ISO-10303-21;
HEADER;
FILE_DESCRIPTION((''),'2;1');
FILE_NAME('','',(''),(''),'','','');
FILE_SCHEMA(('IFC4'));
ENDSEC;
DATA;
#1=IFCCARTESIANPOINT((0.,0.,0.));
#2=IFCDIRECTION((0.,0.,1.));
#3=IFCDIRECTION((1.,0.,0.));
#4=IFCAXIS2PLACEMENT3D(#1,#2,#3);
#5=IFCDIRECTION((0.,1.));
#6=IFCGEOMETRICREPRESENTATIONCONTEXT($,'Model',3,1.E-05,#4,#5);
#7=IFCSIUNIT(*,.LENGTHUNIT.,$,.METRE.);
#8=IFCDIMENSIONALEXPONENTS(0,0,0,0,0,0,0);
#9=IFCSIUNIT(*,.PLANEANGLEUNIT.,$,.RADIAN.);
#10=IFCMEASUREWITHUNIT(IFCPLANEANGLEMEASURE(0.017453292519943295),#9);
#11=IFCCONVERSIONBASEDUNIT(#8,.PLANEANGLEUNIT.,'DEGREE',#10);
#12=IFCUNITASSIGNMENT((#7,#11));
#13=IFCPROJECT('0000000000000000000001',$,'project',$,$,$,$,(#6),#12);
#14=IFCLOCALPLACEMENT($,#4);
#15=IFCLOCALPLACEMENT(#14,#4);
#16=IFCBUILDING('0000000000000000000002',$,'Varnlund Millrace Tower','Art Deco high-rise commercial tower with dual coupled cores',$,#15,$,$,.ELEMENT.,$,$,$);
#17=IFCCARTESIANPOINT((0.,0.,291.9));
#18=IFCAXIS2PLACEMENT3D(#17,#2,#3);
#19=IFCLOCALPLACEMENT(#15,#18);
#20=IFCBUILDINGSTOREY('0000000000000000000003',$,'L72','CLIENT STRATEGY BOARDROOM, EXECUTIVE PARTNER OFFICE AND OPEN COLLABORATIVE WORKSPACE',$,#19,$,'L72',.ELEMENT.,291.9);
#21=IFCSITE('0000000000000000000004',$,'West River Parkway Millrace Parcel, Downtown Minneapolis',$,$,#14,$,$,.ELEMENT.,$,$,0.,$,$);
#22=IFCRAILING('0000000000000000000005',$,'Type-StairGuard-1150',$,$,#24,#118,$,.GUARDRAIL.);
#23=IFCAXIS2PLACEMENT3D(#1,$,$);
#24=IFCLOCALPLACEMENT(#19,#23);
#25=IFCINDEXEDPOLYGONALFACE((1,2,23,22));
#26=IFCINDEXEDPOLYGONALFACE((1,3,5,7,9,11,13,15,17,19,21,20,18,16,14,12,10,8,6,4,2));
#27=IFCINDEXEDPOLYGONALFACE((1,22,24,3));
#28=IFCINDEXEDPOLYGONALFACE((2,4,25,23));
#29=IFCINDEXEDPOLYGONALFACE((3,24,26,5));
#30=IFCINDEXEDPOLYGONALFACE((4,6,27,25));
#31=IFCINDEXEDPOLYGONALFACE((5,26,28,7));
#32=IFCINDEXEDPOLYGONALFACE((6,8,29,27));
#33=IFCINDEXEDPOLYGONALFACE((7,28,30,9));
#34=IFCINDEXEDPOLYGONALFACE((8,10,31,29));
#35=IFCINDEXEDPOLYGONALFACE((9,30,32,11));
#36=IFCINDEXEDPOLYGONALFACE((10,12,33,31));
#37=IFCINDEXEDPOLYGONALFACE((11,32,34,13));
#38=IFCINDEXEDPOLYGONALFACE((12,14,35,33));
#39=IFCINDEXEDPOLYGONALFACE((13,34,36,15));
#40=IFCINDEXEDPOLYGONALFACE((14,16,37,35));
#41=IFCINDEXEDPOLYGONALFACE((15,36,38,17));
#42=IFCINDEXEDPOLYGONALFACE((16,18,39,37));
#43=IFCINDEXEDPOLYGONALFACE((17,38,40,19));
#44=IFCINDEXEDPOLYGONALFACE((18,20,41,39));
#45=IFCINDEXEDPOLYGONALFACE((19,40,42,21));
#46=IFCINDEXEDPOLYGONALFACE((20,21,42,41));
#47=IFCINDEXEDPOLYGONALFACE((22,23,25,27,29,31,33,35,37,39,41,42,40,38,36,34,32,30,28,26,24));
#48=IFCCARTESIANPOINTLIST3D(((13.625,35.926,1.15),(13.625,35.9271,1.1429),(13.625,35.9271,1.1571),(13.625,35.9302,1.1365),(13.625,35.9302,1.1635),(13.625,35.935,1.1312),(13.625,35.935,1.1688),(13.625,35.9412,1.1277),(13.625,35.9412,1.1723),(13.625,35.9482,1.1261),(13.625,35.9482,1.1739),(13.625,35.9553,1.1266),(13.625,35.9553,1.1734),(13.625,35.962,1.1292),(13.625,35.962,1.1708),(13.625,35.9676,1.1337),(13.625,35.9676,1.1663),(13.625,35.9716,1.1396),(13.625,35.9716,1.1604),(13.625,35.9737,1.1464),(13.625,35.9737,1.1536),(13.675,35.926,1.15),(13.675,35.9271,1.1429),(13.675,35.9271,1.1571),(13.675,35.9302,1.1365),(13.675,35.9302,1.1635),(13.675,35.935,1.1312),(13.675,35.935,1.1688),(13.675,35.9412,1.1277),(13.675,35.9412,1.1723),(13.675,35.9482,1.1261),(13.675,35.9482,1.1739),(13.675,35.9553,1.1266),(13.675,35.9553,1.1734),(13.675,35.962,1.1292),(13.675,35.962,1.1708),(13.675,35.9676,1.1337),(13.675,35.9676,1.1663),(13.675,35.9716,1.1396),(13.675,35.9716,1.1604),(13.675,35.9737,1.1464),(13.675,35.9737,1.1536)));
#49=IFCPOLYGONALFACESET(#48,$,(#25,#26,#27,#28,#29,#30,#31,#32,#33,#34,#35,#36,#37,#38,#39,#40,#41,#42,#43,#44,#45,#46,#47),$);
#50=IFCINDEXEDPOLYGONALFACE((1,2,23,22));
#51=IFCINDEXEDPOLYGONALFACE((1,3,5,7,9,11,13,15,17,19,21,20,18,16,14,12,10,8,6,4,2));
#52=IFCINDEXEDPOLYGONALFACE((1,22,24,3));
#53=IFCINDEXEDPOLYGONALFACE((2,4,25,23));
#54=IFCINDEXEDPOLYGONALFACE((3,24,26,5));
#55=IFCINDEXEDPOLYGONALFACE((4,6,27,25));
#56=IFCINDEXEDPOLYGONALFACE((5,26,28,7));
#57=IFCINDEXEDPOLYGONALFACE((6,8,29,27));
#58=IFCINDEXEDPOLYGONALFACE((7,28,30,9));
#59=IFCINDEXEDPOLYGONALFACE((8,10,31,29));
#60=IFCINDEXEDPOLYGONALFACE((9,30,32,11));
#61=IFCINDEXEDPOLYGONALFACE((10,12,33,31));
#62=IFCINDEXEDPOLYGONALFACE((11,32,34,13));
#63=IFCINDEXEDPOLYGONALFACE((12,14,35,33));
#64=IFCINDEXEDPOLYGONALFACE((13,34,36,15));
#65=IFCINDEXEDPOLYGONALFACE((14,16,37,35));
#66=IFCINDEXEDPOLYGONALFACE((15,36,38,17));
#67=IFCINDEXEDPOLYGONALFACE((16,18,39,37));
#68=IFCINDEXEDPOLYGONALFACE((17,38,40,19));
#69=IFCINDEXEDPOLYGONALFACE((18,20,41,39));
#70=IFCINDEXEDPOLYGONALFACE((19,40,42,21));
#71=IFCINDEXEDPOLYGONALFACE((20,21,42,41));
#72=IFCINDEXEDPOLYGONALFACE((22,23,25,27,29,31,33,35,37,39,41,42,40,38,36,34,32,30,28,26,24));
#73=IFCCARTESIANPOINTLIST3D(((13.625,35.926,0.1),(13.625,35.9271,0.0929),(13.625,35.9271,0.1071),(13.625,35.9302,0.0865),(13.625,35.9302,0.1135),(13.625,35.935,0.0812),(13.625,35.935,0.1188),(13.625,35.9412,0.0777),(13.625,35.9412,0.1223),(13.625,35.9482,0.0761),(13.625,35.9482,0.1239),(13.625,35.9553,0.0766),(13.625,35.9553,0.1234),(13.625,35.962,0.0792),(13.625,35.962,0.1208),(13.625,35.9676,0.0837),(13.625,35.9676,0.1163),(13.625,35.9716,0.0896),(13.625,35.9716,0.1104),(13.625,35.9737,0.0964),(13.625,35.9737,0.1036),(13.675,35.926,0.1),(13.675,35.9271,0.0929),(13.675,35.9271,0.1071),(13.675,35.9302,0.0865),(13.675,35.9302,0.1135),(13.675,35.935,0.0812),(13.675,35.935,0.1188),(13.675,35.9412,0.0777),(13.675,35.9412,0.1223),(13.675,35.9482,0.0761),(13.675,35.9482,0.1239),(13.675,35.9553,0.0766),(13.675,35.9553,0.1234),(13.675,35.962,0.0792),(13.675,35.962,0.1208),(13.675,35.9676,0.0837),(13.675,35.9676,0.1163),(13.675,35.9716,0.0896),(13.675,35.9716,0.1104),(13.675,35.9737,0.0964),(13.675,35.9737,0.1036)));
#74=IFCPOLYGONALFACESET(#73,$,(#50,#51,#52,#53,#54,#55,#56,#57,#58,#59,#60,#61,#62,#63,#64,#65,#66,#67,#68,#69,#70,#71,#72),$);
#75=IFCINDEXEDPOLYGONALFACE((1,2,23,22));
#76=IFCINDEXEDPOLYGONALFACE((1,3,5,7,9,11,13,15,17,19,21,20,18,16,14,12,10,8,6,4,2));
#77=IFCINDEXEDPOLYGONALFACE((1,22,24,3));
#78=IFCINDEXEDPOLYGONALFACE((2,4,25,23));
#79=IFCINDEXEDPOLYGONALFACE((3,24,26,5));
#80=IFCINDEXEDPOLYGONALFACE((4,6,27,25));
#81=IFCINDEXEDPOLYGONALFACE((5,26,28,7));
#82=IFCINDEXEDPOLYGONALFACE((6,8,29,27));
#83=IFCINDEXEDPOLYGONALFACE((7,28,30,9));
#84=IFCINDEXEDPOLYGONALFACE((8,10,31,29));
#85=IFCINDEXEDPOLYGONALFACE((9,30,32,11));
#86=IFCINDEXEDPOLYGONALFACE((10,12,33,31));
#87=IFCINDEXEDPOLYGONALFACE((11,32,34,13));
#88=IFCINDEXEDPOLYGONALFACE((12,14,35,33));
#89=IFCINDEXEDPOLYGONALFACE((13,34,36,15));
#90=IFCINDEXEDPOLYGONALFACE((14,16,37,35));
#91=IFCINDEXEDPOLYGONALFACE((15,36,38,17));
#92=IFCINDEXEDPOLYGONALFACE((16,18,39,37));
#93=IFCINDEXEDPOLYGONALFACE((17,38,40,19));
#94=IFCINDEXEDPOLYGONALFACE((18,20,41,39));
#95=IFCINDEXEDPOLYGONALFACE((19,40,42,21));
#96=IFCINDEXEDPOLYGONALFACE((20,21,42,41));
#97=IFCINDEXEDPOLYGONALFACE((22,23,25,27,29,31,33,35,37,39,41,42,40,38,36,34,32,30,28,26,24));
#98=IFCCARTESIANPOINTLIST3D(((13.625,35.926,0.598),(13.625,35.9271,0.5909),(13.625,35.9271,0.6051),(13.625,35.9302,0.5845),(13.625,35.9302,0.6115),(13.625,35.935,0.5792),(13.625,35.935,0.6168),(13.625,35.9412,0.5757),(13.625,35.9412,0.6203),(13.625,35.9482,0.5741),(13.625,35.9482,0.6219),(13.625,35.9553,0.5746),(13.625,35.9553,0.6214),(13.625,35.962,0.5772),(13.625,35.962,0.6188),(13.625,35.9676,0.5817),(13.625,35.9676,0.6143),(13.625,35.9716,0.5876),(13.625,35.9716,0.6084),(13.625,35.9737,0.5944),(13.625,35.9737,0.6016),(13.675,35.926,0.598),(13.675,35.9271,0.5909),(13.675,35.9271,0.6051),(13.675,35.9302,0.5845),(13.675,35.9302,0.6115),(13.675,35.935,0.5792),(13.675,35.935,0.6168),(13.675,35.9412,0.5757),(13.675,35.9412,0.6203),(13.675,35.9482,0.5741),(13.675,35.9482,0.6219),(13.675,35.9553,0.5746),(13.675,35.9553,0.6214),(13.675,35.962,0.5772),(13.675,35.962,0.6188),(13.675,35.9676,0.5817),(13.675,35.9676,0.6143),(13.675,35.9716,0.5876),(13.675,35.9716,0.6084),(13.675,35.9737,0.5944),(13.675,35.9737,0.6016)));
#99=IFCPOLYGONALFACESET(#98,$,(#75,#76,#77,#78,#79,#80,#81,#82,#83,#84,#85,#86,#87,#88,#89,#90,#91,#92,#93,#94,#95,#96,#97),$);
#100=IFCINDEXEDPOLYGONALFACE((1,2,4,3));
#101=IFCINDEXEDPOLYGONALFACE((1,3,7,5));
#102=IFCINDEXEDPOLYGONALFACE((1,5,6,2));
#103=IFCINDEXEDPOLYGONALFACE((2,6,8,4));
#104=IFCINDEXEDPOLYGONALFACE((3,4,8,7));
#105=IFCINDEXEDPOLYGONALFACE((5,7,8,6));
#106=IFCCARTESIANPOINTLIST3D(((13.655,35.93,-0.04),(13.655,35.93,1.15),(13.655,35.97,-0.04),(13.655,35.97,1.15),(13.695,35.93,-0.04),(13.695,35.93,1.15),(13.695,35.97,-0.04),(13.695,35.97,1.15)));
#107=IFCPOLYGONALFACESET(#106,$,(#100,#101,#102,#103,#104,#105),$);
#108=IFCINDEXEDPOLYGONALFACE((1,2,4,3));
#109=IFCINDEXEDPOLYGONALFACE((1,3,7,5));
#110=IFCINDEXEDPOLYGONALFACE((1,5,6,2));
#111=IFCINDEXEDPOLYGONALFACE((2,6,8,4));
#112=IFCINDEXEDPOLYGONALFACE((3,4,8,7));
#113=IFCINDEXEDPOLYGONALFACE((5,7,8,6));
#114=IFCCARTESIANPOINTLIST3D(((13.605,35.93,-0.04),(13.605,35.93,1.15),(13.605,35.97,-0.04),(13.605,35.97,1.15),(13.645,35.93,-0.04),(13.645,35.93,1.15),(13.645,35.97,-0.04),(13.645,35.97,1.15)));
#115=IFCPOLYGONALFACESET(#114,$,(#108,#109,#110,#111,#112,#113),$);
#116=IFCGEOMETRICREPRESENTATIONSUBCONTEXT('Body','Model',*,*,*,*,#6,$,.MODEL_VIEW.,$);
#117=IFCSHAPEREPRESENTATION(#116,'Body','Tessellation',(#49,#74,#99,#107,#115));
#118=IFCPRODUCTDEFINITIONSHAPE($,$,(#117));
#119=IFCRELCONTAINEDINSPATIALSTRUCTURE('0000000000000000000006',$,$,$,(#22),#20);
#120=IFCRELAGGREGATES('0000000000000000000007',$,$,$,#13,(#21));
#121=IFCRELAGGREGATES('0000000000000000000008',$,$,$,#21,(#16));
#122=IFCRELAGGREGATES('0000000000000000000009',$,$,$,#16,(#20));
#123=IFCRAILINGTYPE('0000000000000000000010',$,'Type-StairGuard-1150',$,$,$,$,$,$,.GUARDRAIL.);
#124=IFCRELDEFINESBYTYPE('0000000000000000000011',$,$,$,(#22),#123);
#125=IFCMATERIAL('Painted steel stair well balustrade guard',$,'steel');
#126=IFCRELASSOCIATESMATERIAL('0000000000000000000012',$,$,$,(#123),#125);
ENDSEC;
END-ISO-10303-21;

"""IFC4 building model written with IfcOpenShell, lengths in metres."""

from ifc_helpers import new_model, entity, si_unit, converted_unit, direction, frame, origin_with_axes, origin_2d_with_axis, place, context, subcontext, project, spatial, rectangle, circle, extrude, material, type_object, element, save


model = new_model("IFC4")

# Units and contexts
model_context = context("Model", 3, precision=1e-05, world=origin_with_axes(), true_north=direction((0.0, 1.0)))
body_context = subcontext(model_context, "Body", "Model", "MODEL_VIEW")
ifc_project = project(units=[si_unit("LENGTHUNIT", "METRE"), converted_unit("PLANEANGLEUNIT", "DEGREE", entity("IfcPlaneAngleMeasure", 0.017453292519943295), si_unit("PLANEANGLEUNIT", "RADIAN"), dimensions=[0, 0, 0, 0, 0, 0, 0])], contexts=[model_context])

# Site, building, storey
site_placement = place(None, origin_with_axes())
site = spatial("IfcSite", under=ifc_project, at=site_placement, Name="West River Parkway Millrace Parcel, Downtown Minneapolis", CompositionType="ELEMENT", RefElevation=0.0)
building_placement = place(site_placement, origin_with_axes())
building = spatial("IfcBuilding", under=site, at=building_placement, Name="Varnlund Millrace Tower", Description="Art Deco high-rise commercial tower with dual coupled cores", CompositionType="ELEMENT")
storey_placement = place(building_placement, frame((0.0, 0.0, 291.9), z_axis=(0.0, 0.0, 1.0), x_axis=(1.0, 0.0, 0.0)))
storey = spatial("IfcBuildingStorey", under=building, at=storey_placement, Name="L72", Description="CLIENT STRATEGY BOARDROOM, EXECUTIVE PARTNER OFFICE AND OPEN COLLABORATIVE WORKSPACE", LongName="L72", CompositionType="ELEMENT", Elevation=291.9)

# Railing
ifc_material_1 = material(Name="Painted steel stair well balustrade guard", Category="steel")
railing_type_1 = type_object("IfcRailingType", Name="Type-StairGuard-1150", PredefinedType="GUARDRAIL", material=ifc_material_1)
railing_1_placement = place(storey_placement, frame((0.0, 0.0, -291.9), z_axis=(0.0, 0.0, 1.0), x_axis=(1.0, 0.0, 0.0)))
element("IfcRailing", 1, at=railing_1_placement, inside=storey, type_object=railing_type_1, Name="Type-StairGuard-1150", PredefinedType="GUARDRAIL", context=body_context, shape_type="SweptSolid", body=[
    extrude(circle(Radius=0.024, at=origin_2d_with_axis()), frame((13.675, 35.95, 293.05), z_axis=(-1.0, 0.0, 0.0), x_axis=(0.0, -1.0, 0.0)), (0.0, 0.0, 1.0), 0.05),
    extrude(circle(Radius=0.024, at=origin_2d_with_axis()), frame((13.675, 35.95, 292.0), z_axis=(-1.0, 0.0, 0.0), x_axis=(0.0, -1.0, 0.0)), (0.0, 0.0, 1.0), 0.05),
    extrude(circle(Radius=0.024, at=origin_2d_with_axis()), frame((13.675, 35.95, 292.498), z_axis=(-1.0, 0.0, 0.0), x_axis=(0.0, -1.0, 0.0)), (0.0, 0.0, 1.0), 0.05),
    extrude(rectangle(XDim=0.04, YDim=0.04, at=origin_2d_with_axis()), frame((13.675, 35.95, 291.86), z_axis=(0.0, 0.0, 1.0), x_axis=(1.0, 0.0, 0.0)), (0.0, 0.0, 1.0), 1.19),
    extrude(rectangle(XDim=0.04, YDim=0.04, at=origin_2d_with_axis()), frame((13.625, 35.95, 291.86), z_axis=(0.0, 0.0, 1.0), x_axis=(1.0, 0.0, 0.0)), (0.0, 0.0, 1.0), 1.19),
])

save(model, "model.ifc")
